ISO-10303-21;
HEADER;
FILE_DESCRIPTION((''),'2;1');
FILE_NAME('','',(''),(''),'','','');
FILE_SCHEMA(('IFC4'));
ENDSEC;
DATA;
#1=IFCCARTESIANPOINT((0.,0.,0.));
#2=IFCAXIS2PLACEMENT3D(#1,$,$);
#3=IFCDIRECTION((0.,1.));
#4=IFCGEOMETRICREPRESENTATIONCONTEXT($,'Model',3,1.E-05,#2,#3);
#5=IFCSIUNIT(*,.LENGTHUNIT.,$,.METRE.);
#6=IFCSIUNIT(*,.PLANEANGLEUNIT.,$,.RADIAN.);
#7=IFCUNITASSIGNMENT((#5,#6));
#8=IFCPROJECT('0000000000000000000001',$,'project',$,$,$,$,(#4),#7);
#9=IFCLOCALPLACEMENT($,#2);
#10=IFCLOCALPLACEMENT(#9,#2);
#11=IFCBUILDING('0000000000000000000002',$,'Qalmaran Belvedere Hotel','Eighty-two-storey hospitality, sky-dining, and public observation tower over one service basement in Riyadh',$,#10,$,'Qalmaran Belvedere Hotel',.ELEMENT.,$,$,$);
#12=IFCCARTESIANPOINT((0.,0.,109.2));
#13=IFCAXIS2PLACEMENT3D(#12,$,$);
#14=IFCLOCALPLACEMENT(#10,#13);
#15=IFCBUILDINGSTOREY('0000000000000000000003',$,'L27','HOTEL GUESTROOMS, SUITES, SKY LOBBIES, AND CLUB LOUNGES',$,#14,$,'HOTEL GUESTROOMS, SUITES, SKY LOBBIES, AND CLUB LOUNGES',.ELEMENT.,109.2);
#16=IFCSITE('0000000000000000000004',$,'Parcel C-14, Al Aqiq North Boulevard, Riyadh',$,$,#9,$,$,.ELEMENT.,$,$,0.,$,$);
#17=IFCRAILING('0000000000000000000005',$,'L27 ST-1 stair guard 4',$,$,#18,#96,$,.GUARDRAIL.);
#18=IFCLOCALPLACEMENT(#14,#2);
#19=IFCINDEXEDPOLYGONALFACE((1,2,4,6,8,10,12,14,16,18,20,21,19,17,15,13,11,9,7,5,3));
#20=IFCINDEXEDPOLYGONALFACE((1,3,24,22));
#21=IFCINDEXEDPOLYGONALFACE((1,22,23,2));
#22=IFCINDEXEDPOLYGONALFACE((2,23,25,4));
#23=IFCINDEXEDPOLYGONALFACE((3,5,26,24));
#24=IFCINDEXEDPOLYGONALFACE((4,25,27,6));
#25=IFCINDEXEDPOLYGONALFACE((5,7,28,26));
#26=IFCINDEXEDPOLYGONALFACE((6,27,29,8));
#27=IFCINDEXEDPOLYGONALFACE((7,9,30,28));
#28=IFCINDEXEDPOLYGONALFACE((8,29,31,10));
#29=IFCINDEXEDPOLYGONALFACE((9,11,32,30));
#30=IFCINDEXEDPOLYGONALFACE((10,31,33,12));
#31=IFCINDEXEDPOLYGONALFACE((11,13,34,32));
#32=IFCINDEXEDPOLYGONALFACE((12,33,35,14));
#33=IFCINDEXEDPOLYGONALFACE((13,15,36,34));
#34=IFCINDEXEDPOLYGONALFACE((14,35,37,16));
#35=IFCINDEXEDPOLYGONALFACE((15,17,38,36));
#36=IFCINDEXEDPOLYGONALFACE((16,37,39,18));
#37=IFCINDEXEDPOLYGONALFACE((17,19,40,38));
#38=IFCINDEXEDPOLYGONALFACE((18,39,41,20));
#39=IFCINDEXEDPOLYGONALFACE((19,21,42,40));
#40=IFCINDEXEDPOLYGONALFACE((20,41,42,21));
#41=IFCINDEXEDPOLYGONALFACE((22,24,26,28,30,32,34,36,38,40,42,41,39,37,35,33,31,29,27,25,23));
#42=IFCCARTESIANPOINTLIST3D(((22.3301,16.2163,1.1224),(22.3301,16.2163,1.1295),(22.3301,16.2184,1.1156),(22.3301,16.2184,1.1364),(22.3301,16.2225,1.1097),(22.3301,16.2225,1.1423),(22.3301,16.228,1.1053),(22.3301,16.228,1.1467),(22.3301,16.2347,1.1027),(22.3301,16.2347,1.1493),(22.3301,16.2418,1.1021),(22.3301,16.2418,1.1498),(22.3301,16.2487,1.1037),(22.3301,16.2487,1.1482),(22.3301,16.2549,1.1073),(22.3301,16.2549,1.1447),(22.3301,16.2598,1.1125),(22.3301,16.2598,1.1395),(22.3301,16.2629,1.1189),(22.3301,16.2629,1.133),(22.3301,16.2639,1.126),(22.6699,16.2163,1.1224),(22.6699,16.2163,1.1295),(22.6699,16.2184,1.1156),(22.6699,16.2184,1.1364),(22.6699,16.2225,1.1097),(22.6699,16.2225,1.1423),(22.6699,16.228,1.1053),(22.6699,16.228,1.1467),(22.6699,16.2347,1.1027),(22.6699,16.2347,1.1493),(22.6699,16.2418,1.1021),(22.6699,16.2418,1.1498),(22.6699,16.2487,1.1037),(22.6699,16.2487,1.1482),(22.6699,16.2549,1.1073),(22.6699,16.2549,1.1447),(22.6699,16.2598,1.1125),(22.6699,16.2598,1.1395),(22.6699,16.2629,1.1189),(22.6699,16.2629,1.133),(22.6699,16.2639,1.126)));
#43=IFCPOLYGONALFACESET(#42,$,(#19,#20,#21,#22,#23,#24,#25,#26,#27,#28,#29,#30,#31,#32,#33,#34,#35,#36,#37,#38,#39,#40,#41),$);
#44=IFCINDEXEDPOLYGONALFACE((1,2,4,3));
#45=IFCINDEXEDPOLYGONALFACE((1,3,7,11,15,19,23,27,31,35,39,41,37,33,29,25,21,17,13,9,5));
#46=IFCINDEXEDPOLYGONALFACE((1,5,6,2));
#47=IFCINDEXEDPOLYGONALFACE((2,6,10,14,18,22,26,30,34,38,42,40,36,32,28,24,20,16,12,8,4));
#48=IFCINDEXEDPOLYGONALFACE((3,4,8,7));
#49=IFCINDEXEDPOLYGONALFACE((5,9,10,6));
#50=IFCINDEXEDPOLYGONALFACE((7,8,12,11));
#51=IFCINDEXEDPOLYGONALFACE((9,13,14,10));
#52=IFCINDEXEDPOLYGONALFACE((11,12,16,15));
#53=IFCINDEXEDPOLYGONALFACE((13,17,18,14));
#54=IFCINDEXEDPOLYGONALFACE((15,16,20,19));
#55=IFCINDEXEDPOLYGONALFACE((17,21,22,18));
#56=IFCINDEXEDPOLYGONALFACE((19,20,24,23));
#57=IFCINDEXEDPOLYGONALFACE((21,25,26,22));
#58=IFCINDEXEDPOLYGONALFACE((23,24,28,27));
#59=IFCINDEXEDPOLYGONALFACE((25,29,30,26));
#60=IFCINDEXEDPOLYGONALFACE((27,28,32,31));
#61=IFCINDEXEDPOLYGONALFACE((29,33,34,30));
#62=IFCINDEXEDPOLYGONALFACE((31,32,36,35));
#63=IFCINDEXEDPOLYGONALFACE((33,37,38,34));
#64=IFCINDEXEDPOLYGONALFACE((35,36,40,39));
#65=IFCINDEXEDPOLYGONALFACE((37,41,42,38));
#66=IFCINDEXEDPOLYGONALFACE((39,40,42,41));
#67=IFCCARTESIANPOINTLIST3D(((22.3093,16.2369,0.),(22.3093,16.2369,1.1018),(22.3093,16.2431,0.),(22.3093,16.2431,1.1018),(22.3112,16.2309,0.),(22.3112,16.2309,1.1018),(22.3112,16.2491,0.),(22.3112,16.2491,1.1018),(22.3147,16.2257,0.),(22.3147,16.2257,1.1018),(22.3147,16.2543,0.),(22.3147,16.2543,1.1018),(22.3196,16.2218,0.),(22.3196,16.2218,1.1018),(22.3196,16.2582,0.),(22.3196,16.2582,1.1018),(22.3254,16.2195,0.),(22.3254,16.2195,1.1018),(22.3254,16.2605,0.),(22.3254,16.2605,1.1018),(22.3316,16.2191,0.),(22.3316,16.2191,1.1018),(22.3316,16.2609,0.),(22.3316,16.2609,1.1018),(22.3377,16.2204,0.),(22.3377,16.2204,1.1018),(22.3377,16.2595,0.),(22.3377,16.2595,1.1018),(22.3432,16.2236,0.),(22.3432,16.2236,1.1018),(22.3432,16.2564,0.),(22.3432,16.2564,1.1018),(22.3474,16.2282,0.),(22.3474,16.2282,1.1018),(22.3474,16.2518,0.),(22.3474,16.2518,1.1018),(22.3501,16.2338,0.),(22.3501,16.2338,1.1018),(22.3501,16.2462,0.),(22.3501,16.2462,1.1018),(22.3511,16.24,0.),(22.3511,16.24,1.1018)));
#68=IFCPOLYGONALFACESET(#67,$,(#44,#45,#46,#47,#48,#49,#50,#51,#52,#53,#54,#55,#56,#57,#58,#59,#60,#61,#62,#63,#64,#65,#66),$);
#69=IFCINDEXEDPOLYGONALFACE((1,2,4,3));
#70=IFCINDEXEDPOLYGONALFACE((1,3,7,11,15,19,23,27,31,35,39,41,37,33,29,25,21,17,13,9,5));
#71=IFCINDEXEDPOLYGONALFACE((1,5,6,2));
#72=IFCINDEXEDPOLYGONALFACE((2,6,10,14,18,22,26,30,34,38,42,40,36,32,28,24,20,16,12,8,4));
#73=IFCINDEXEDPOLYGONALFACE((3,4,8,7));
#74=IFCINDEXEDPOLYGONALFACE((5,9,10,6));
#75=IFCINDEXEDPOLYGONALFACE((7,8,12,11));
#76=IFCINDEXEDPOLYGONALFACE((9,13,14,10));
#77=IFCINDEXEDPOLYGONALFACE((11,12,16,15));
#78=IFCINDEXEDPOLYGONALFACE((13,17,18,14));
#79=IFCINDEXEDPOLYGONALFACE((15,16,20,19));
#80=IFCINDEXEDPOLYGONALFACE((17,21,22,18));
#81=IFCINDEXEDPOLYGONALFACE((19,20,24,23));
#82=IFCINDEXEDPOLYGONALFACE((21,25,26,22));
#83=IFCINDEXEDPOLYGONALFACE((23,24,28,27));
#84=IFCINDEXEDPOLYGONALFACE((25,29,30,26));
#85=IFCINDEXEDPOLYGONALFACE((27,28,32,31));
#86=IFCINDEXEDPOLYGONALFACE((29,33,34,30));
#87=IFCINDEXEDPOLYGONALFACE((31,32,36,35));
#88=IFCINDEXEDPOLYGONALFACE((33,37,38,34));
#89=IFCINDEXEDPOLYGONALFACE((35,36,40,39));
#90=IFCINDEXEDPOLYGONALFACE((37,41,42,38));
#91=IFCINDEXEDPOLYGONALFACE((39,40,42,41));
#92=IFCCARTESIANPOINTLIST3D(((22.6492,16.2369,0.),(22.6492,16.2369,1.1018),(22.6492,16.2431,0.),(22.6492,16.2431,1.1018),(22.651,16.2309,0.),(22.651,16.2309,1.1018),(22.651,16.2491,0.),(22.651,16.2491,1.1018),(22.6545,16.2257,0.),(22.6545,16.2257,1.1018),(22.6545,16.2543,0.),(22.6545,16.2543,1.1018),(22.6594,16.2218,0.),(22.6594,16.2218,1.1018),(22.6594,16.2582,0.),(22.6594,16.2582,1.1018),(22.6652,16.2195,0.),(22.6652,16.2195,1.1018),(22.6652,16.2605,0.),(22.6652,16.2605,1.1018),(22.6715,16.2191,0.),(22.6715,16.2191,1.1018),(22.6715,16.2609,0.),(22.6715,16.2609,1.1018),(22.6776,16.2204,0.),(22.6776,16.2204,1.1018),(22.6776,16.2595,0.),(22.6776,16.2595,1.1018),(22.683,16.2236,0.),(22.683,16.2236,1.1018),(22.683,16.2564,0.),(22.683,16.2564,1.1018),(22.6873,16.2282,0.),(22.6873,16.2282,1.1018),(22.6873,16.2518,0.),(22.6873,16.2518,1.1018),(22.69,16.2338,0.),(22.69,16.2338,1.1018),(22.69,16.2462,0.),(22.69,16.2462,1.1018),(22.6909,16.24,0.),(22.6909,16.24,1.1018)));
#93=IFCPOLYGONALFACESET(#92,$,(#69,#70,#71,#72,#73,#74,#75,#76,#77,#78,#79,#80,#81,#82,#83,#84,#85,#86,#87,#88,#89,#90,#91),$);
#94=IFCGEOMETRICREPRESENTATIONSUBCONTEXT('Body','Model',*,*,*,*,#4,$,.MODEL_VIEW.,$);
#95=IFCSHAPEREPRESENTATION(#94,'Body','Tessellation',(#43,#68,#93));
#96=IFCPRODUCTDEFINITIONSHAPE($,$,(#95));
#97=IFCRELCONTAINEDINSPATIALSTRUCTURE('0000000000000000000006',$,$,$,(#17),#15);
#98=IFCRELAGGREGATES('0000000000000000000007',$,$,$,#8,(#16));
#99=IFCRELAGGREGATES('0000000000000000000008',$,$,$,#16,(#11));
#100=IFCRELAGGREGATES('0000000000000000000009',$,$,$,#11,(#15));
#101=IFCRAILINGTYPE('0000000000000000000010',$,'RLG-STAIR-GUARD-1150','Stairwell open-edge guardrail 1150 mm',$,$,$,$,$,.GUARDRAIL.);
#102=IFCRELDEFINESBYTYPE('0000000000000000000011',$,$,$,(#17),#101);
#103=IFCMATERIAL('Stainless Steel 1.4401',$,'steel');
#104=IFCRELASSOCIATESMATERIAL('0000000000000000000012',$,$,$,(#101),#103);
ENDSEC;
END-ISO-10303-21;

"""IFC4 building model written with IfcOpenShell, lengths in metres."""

from ifc_helpers import new_model, si_unit, direction, frame, origin, origin_2d, place, context, subcontext, project, spatial, circle, extrude, material, type_object, element, save


model = new_model("IFC4")

# Units and contexts
model_context = context("Model", 3, precision=1e-05, world=origin(), true_north=direction((0.0, 1.0)))
body_context = subcontext(model_context, "Body", "Model", "MODEL_VIEW")
ifc_project = project(units=[si_unit("LENGTHUNIT", "METRE"), si_unit("PLANEANGLEUNIT", "RADIAN")], contexts=[model_context])

# Site, building, storey
site_placement = place(None, origin())
site = spatial("IfcSite", under=ifc_project, at=site_placement, Name="Parcel C-14, Al Aqiq North Boulevard, Riyadh", CompositionType="ELEMENT", RefElevation=0.0)
building_placement = place(site_placement, origin())
building = spatial("IfcBuilding", under=site, at=building_placement, Name="Qalmaran Belvedere Hotel", Description="Eighty-two-storey hospitality, sky-dining, and public observation tower over one service basement in Riyadh", LongName="Qalmaran Belvedere Hotel", CompositionType="ELEMENT")
storey_placement = place(building_placement, frame((0.0, 0.0, 109.2)))
storey = spatial("IfcBuildingStorey", under=building, at=storey_placement, Name="L27", Description="HOTEL GUESTROOMS, SUITES, SKY LOBBIES, AND CLUB LOUNGES", LongName="HOTEL GUESTROOMS, SUITES, SKY LOBBIES, AND CLUB LOUNGES", CompositionType="ELEMENT", Elevation=109.2)

# Railing
ifc_material_1 = material(Name="Stainless Steel 1.4401", Category="steel")
railing_type_1 = type_object("IfcRailingType", Name="RLG-STAIR-GUARD-1150", Description="Stairwell open-edge guardrail 1150 mm", PredefinedType="GUARDRAIL", material=ifc_material_1)
railing_1_placement = place(storey_placement, frame((22.3301, 16.24, 0.0)))
element("IfcRailing", 1, at=railing_1_placement, inside=storey, type_object=railing_type_1, Name="L27 ST-1 stair guard 4", PredefinedType="GUARDRAIL", context=body_context, shape_type="SweptSolid", body=[
    extrude(circle(Radius=0.0239, at=origin_2d()), frame((0.0, 0.0, 1.126), z_axis=(1.0, 0.0, 0.0), x_axis=(0.0, 1.0, 0.0)), (0.0, 0.0, 1.0), 0.3398),
    extrude(circle(Radius=0.021, at=origin_2d()), origin(), (0.0, 0.0, 1.0), 1.1018),
    extrude(circle(Radius=0.021, at=origin_2d()), frame((0.3398, 0.0, 0.0)), (0.0, 0.0, 1.0), 1.1018),
])

save(model, "model.ifc")
